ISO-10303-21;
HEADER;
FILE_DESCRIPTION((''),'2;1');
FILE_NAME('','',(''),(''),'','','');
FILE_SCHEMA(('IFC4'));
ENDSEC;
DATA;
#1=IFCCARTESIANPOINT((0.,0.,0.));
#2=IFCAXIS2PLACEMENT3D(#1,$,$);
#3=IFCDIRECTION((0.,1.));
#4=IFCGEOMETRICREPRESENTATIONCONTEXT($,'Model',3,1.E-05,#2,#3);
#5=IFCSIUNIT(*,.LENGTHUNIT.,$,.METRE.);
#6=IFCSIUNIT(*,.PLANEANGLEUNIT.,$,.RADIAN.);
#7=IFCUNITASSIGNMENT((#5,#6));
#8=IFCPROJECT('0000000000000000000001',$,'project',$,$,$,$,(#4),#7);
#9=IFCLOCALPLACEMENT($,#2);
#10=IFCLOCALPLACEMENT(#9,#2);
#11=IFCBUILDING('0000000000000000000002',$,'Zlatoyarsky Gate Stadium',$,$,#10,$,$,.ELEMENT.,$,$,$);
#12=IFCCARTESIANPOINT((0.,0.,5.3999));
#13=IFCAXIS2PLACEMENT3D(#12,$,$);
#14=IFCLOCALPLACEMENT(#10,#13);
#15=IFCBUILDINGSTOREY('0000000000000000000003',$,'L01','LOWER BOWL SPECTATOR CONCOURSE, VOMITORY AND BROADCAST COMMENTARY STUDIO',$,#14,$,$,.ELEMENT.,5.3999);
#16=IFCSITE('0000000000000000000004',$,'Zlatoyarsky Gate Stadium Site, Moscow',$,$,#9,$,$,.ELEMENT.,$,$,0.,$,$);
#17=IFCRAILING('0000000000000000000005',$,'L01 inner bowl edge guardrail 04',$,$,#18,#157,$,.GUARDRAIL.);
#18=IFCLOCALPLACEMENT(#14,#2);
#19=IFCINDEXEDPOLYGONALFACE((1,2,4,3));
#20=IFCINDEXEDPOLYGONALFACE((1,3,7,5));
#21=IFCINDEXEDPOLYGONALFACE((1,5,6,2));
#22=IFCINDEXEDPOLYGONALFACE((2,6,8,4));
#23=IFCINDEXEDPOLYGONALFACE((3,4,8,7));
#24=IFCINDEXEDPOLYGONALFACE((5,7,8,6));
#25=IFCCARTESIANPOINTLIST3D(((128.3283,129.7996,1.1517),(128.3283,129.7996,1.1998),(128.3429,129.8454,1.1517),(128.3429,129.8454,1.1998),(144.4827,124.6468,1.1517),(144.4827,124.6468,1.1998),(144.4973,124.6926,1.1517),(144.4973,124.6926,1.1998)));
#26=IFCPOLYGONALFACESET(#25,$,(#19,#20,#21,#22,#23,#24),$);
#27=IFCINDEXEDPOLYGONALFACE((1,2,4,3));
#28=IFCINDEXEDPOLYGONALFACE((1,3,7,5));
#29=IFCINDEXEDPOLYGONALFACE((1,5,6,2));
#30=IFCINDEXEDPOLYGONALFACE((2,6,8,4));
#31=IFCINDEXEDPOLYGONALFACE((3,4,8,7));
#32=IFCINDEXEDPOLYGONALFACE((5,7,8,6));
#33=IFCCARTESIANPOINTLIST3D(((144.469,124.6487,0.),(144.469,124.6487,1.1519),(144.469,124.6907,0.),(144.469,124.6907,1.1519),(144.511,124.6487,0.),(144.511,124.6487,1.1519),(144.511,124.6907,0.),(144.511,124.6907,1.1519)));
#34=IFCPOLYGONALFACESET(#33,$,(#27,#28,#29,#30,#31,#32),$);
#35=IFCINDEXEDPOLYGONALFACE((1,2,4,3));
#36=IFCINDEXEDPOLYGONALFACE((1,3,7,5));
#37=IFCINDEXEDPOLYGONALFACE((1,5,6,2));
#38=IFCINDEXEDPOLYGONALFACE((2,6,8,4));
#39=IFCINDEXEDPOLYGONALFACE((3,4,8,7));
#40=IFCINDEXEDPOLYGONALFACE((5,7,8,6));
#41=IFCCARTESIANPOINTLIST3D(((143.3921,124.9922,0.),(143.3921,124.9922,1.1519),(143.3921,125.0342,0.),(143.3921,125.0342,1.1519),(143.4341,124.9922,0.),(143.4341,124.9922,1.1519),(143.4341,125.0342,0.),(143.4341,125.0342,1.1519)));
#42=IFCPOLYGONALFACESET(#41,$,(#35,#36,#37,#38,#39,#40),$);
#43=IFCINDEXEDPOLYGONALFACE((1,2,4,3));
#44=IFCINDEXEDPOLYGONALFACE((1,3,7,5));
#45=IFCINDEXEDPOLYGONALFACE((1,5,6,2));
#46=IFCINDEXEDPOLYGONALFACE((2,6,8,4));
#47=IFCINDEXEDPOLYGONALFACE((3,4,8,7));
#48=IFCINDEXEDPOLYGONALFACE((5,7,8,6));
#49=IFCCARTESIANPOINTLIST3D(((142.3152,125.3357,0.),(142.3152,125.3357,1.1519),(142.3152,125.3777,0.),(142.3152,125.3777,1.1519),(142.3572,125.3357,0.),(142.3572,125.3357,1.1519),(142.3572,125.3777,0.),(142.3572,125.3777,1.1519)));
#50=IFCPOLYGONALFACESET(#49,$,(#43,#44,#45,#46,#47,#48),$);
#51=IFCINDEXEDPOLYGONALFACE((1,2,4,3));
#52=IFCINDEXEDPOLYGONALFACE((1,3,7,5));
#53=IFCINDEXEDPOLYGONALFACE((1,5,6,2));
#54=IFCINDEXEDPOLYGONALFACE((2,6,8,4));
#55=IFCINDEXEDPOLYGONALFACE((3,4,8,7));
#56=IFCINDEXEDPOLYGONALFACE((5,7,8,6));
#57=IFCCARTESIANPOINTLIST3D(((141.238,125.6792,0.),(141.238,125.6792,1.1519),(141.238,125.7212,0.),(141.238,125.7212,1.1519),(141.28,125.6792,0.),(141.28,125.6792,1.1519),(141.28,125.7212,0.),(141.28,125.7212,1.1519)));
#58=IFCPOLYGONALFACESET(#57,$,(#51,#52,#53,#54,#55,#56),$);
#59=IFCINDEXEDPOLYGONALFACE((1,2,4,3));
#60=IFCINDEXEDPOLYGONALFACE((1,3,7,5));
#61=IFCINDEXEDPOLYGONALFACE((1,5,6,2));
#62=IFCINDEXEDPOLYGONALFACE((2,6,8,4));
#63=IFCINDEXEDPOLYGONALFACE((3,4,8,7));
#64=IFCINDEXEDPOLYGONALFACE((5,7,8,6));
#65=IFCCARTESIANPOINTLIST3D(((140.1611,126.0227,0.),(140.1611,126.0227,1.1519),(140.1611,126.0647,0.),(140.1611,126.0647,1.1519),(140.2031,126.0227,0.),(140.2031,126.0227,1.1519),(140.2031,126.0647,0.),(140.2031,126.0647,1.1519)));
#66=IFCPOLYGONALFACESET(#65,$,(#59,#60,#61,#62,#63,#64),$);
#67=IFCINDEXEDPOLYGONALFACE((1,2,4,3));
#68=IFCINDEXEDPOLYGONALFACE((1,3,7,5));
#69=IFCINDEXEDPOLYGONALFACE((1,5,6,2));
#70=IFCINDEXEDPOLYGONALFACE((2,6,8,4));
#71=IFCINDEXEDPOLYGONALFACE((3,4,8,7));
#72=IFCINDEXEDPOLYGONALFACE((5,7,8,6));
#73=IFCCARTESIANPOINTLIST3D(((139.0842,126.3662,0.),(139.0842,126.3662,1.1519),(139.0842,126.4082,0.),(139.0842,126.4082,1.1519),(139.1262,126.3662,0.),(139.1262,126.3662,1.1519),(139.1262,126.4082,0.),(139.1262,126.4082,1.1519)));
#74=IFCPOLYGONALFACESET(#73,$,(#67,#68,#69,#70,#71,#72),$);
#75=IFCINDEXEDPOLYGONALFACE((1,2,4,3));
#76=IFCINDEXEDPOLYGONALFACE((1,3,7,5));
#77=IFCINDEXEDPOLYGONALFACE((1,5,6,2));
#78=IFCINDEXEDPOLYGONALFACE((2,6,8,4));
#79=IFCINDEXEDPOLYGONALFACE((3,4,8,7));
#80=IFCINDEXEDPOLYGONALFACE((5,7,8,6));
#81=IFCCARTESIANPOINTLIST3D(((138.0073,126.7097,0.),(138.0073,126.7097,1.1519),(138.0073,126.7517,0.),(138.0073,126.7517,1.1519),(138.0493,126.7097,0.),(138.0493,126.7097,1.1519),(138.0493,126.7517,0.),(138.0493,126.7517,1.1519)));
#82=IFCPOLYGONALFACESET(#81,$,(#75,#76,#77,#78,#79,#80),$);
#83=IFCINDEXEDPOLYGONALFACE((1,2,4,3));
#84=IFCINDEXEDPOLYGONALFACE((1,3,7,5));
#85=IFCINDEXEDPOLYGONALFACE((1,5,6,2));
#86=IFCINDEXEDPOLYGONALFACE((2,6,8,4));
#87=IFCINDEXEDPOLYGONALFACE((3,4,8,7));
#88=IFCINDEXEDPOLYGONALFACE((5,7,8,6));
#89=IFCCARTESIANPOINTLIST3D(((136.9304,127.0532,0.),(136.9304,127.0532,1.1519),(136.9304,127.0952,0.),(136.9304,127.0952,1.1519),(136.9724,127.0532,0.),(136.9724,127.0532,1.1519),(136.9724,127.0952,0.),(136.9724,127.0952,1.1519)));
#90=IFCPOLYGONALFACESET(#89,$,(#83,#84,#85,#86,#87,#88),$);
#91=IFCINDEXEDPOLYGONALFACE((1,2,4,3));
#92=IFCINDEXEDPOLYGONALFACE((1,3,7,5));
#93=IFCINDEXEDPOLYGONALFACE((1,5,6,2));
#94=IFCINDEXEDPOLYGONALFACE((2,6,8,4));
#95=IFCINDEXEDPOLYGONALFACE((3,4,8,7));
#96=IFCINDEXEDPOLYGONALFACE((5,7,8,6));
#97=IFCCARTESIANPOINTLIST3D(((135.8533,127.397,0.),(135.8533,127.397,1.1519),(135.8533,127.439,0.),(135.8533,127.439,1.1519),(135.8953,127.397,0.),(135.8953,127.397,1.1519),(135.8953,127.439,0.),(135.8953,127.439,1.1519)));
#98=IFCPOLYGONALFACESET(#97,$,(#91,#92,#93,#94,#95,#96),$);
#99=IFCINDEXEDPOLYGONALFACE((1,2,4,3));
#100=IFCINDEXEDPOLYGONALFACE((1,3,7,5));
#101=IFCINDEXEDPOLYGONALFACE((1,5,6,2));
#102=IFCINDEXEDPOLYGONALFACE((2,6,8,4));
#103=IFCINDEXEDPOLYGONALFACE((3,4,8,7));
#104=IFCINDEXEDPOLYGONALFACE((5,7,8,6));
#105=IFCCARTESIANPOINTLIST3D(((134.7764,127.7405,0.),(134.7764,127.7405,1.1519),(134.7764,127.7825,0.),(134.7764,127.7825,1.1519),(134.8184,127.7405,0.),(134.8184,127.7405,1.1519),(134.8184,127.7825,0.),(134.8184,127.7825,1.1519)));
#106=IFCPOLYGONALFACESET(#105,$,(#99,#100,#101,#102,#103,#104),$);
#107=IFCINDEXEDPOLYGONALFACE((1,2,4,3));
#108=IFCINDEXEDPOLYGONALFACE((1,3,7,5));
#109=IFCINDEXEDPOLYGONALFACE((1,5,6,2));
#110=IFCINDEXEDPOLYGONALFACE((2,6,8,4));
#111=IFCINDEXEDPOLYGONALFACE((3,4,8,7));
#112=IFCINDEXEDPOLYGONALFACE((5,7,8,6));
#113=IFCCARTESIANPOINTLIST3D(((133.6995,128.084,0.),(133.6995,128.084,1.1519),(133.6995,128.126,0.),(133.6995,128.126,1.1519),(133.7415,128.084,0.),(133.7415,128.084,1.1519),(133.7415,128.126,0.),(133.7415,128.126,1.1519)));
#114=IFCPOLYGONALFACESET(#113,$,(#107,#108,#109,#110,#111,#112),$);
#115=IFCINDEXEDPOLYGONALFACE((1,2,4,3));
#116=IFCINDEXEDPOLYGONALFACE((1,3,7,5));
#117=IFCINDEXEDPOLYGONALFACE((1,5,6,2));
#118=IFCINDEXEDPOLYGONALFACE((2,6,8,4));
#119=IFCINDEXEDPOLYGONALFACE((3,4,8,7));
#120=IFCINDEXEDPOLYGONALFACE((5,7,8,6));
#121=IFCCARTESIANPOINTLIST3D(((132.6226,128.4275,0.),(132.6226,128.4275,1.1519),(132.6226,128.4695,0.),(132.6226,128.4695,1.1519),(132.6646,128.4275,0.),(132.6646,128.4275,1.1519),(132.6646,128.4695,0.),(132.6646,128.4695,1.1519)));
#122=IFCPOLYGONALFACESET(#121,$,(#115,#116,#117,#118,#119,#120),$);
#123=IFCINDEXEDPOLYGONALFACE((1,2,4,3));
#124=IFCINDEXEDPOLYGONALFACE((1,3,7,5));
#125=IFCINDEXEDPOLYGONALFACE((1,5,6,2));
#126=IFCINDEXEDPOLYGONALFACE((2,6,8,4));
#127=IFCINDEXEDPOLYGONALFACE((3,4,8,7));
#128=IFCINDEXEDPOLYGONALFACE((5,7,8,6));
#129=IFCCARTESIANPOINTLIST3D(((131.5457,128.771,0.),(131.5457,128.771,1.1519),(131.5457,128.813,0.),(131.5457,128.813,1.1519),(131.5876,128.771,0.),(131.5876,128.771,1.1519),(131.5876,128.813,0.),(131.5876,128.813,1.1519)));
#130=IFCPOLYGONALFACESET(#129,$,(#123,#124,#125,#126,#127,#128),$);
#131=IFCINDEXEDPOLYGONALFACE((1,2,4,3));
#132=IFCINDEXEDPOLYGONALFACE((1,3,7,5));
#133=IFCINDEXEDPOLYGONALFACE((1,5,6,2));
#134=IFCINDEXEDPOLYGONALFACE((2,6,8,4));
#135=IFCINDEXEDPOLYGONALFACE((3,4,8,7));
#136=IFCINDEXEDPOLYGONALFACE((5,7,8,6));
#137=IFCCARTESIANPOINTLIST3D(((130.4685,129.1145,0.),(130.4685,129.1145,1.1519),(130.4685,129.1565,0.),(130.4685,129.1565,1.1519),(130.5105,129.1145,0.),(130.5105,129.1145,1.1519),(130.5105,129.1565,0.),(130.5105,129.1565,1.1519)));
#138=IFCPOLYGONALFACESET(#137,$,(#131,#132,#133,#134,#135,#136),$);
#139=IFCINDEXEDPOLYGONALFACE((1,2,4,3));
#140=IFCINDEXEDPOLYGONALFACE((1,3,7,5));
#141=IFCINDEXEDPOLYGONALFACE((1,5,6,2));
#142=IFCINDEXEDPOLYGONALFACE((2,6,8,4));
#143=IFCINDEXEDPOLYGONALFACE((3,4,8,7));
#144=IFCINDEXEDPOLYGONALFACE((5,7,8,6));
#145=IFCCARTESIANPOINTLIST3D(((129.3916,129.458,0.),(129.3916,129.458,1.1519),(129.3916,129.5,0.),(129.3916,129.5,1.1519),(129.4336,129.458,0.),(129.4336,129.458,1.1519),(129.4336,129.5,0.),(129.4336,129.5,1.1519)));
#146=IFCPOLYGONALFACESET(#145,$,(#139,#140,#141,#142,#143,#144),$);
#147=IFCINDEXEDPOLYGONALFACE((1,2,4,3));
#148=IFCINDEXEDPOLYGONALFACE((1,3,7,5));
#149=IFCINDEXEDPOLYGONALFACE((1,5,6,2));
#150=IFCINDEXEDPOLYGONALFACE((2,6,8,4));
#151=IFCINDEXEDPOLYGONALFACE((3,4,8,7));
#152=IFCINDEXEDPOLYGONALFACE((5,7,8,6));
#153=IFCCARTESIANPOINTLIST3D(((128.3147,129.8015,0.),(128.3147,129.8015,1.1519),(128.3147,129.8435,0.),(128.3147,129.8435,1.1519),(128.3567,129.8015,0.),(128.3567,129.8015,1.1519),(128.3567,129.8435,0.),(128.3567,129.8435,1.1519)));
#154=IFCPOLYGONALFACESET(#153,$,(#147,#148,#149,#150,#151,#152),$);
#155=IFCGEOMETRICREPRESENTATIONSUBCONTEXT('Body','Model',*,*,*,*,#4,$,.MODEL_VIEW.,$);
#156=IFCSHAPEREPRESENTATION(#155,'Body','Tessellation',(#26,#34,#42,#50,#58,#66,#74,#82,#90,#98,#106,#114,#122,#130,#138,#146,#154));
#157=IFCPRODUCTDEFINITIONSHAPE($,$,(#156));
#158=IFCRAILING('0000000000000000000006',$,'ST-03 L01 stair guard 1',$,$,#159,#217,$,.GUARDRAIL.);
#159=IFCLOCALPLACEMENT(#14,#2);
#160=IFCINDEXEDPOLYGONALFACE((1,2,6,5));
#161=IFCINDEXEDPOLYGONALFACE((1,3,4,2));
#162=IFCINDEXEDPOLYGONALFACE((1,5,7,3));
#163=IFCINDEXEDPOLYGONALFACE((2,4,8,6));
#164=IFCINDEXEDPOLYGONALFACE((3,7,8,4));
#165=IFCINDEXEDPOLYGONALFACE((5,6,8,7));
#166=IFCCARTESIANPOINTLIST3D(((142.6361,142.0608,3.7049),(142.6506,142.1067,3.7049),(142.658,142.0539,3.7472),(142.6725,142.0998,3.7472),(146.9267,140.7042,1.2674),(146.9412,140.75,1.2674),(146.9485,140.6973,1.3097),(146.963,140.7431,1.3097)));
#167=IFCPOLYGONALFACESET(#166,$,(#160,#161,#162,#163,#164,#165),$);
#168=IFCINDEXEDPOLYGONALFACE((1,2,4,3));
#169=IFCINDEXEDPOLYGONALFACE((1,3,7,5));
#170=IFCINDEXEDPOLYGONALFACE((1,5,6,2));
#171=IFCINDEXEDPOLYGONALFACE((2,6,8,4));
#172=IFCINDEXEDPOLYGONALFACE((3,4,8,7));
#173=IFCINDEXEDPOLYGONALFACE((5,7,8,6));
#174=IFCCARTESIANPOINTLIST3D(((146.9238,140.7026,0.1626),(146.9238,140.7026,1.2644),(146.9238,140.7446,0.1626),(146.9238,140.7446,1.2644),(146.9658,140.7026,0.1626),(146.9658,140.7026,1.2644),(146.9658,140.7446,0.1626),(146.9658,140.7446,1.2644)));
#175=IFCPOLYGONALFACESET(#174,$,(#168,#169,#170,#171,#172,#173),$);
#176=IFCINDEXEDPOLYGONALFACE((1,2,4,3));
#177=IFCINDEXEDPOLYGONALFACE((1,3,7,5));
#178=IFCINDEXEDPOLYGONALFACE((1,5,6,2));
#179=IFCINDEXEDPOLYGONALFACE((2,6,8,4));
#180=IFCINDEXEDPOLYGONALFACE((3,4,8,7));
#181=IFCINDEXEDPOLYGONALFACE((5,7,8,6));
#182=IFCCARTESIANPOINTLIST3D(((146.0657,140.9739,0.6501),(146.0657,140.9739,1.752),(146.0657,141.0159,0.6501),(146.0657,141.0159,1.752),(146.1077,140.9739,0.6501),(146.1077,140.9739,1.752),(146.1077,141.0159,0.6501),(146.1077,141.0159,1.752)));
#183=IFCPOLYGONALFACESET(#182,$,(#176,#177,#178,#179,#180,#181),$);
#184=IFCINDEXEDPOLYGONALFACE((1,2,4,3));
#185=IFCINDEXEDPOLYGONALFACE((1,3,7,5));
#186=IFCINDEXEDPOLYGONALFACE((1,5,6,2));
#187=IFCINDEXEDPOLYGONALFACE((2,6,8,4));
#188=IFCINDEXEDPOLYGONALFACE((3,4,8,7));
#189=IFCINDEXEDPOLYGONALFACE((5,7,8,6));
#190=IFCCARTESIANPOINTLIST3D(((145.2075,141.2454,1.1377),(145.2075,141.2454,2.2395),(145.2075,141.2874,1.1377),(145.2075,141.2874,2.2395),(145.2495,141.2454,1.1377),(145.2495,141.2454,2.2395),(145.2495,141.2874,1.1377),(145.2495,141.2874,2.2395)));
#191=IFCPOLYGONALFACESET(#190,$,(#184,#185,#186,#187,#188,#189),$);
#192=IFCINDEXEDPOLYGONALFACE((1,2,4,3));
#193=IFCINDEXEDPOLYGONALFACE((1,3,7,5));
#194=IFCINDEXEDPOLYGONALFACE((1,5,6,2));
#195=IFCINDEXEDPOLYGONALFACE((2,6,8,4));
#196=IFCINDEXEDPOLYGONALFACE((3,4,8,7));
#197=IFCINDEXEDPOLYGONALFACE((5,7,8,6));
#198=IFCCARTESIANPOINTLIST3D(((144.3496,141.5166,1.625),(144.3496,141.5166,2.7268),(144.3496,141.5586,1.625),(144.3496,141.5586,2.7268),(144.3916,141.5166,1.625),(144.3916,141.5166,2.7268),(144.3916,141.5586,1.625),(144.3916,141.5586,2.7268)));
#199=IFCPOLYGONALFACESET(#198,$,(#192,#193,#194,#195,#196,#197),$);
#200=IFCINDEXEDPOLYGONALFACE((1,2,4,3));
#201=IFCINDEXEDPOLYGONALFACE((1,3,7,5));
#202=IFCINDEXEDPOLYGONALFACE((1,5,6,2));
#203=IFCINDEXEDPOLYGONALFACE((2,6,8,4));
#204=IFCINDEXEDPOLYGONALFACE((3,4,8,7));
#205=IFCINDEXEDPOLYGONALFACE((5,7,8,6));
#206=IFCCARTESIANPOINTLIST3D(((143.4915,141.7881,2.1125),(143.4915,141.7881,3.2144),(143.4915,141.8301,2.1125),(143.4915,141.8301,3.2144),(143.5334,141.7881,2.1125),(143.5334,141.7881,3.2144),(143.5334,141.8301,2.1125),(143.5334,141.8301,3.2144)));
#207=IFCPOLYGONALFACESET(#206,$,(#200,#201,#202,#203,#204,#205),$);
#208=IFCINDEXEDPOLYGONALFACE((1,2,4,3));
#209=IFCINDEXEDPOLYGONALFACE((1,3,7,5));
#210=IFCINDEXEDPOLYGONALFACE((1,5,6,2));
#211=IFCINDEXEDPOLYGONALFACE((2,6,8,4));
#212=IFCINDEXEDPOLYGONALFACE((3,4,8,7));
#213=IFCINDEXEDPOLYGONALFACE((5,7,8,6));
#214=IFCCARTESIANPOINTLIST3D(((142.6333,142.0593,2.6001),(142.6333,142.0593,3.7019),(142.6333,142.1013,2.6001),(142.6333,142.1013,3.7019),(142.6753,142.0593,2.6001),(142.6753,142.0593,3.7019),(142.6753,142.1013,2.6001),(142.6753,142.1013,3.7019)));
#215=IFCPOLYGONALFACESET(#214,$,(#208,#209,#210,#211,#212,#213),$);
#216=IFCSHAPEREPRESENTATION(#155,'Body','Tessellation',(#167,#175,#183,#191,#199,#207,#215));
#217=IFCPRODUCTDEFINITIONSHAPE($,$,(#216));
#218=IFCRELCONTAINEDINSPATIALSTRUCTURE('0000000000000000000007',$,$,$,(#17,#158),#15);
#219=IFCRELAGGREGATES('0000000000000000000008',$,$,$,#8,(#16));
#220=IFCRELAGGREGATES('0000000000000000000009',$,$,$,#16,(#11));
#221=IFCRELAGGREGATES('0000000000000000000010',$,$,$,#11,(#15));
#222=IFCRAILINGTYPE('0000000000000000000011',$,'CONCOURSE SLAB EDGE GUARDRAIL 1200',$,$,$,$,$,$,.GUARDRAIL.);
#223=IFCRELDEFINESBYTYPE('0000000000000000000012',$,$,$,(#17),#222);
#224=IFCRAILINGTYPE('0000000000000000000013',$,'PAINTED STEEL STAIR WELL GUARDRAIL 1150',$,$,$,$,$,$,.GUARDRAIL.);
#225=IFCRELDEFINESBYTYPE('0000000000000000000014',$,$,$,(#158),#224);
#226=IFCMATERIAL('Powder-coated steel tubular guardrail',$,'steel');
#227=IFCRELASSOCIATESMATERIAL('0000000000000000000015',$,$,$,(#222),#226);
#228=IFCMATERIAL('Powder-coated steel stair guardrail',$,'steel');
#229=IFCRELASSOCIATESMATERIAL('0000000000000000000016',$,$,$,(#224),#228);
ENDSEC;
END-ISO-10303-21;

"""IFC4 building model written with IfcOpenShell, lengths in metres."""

from ifc_helpers import new_model, si_unit, direction, frame, origin, origin_2d, place, context, subcontext, project, spatial, rectangle, extrude, material, type_object, element, save


model = new_model("IFC4")

# Units and contexts
model_context = context("Model", 3, precision=1e-05, world=origin(), true_north=direction((0.0, 1.0)))
body_context = subcontext(model_context, "Body", "Model", "MODEL_VIEW")
ifc_project = project(units=[si_unit("LENGTHUNIT", "METRE"), si_unit("PLANEANGLEUNIT", "RADIAN")], contexts=[model_context])

# Site, building, storey
site_placement = place(None, origin())
site = spatial("IfcSite", under=ifc_project, at=site_placement, Name="Zlatoyarsky Gate Stadium Site, Moscow", CompositionType="ELEMENT", RefElevation=0.0)
building_placement = place(site_placement, origin())
building = spatial("IfcBuilding", under=site, at=building_placement, Name="Zlatoyarsky Gate Stadium", CompositionType="ELEMENT")
storey_placement = place(building_placement, frame((0.0, 0.0, 5.3999)))
storey = spatial("IfcBuildingStorey", under=building, at=storey_placement, Name="L01", Description="LOWER BOWL SPECTATOR CONCOURSE, VOMITORY AND BROADCAST COMMENTARY STUDIO", CompositionType="ELEMENT", Elevation=5.3999)

# Railings
ifc_material_1 = material(Name="Powder-coated steel tubular guardrail", Category="steel")
railing_type_1 = type_object("IfcRailingType", Name="CONCOURSE SLAB EDGE GUARDRAIL 1200", PredefinedType="GUARDRAIL", material=ifc_material_1)
railing_1_placement = place(storey_placement, frame((144.49, 124.6697, 0.0)))
element("IfcRailing", 1, at=railing_1_placement, inside=storey, type_object=railing_type_1, Name="L01 inner bowl edge guardrail 04", PredefinedType="GUARDRAIL", context=body_context, shape_type="SweptSolid", body=[
    extrude(rectangle(XDim=0.0481, YDim=0.0481, at=origin_2d()), frame((0.0, 0.0, 1.1758), z_axis=(-0.952707, 0.303891, 0.0), x_axis=(-0.303891, -0.952707, 0.0)), (0.0, 0.0, 1.0), 16.9563),
    extrude(rectangle(XDim=0.042, YDim=0.042, at=origin_2d()), origin(), (0.0, 0.0, 1.0), 1.1519),
    extrude(rectangle(XDim=0.042, YDim=0.042, at=origin_2d()), frame((-1.0769, 0.3435, 0.0)), (0.0, 0.0, 1.0), 1.1519),
    extrude(rectangle(XDim=0.042, YDim=0.042, at=origin_2d()), frame((-2.1538, 0.687, 0.0)), (0.0, 0.0, 1.0), 1.1519),
    extrude(rectangle(XDim=0.042, YDim=0.042, at=origin_2d()), frame((-3.231, 1.0305, 0.0)), (0.0, 0.0, 1.0), 1.1519),
    extrude(rectangle(XDim=0.042, YDim=0.042, at=origin_2d()), frame((-4.3079, 1.374, 0.0)), (0.0, 0.0, 1.0), 1.1519),
    extrude(rectangle(XDim=0.042, YDim=0.042, at=origin_2d()), frame((-5.3848, 1.7175, 0.0)), (0.0, 0.0, 1.0), 1.1519),
    extrude(rectangle(XDim=0.042, YDim=0.042, at=origin_2d()), frame((-6.4617, 2.061, 0.0)), (0.0, 0.0, 1.0), 1.1519),
    extrude(rectangle(XDim=0.042, YDim=0.042, at=origin_2d()), frame((-7.5386, 2.4045, 0.0)), (0.0, 0.0, 1.0), 1.1519),
    extrude(rectangle(XDim=0.042, YDim=0.042, at=origin_2d()), frame((-8.6157, 2.7483, 0.0)), (0.0, 0.0, 1.0), 1.1519),
    extrude(rectangle(XDim=0.042, YDim=0.042, at=origin_2d()), frame((-9.6926, 3.0918, 0.0)), (0.0, 0.0, 1.0), 1.1519),
    extrude(rectangle(XDim=0.042, YDim=0.042, at=origin_2d()), frame((-10.7695, 3.4353, 0.0)), (0.0, 0.0, 1.0), 1.1519),
    extrude(rectangle(XDim=0.042, YDim=0.042, at=origin_2d()), frame((-11.8464, 3.7788, 0.0)), (0.0, 0.0, 1.0), 1.1519),
    extrude(rectangle(XDim=0.042, YDim=0.042, at=origin_2d()), frame((-12.9233, 4.1223, 0.0)), (0.0, 0.0, 1.0), 1.1519),
    extrude(rectangle(XDim=0.042, YDim=0.042, at=origin_2d()), frame((-14.0005, 4.4658, 0.0)), (0.0, 0.0, 1.0), 1.1519),
    extrude(rectangle(XDim=0.042, YDim=0.042, at=origin_2d()), frame((-15.0774, 4.8093, 0.0)), (0.0, 0.0, 1.0), 1.1519),
    extrude(rectangle(XDim=0.042, YDim=0.042, at=origin_2d()), frame((-16.1543, 5.1528, 0.0)), (0.0, 0.0, 1.0), 1.1519),
])
ifc_material_2 = material(Name="Powder-coated steel stair guardrail", Category="steel")
railing_type_2 = type_object("IfcRailingType", Name="PAINTED STEEL STAIR WELL GUARDRAIL 1150", PredefinedType="GUARDRAIL", material=ifc_material_2)
railing_2_placement = place(storey_placement, frame((146.9448, 140.7236, 0.1626)))
element("IfcRailing", 2, at=railing_2_placement, inside=storey, type_object=railing_type_2, Name="ST-03 L01 stair guard 1", PredefinedType="GUARDRAIL", context=body_context, shape_type="SweptSolid", body=[
    extrude(rectangle(XDim=0.0481, YDim=0.0481, at=origin_2d()), frame((0.0, 0.0, 1.126), z_axis=(-0.838374, 0.265099, 0.47629), x_axis=(-0.301492, -0.953469, 0.0)), (0.0, 0.0, 1.0), 5.1177),
    extrude(rectangle(XDim=0.042, YDim=0.042, at=origin_2d()), origin(), (0.0, 0.0, 1.0), 1.1018),
    extrude(rectangle(XDim=0.042, YDim=0.042, at=origin_2d()), frame((-0.8582, 0.2712, 0.4875)), (0.0, 0.0, 1.0), 1.1018),
    extrude(rectangle(XDim=0.042, YDim=0.042, at=origin_2d()), frame((-1.7163, 0.5427, 0.9751)), (0.0, 0.0, 1.0), 1.1018),
    extrude(rectangle(XDim=0.042, YDim=0.042, at=origin_2d()), frame((-2.5742, 0.814, 1.4624)), (0.0, 0.0, 1.0), 1.1018),
    extrude(rectangle(XDim=0.042, YDim=0.042, at=origin_2d()), frame((-3.4324, 1.0854, 1.95)), (0.0, 0.0, 1.0), 1.1018),
    extrude(rectangle(XDim=0.042, YDim=0.042, at=origin_2d()), frame((-4.2905, 1.3567, 2.4375)), (0.0, 0.0, 1.0), 1.1018),
])

save(model, "model.ifc")
